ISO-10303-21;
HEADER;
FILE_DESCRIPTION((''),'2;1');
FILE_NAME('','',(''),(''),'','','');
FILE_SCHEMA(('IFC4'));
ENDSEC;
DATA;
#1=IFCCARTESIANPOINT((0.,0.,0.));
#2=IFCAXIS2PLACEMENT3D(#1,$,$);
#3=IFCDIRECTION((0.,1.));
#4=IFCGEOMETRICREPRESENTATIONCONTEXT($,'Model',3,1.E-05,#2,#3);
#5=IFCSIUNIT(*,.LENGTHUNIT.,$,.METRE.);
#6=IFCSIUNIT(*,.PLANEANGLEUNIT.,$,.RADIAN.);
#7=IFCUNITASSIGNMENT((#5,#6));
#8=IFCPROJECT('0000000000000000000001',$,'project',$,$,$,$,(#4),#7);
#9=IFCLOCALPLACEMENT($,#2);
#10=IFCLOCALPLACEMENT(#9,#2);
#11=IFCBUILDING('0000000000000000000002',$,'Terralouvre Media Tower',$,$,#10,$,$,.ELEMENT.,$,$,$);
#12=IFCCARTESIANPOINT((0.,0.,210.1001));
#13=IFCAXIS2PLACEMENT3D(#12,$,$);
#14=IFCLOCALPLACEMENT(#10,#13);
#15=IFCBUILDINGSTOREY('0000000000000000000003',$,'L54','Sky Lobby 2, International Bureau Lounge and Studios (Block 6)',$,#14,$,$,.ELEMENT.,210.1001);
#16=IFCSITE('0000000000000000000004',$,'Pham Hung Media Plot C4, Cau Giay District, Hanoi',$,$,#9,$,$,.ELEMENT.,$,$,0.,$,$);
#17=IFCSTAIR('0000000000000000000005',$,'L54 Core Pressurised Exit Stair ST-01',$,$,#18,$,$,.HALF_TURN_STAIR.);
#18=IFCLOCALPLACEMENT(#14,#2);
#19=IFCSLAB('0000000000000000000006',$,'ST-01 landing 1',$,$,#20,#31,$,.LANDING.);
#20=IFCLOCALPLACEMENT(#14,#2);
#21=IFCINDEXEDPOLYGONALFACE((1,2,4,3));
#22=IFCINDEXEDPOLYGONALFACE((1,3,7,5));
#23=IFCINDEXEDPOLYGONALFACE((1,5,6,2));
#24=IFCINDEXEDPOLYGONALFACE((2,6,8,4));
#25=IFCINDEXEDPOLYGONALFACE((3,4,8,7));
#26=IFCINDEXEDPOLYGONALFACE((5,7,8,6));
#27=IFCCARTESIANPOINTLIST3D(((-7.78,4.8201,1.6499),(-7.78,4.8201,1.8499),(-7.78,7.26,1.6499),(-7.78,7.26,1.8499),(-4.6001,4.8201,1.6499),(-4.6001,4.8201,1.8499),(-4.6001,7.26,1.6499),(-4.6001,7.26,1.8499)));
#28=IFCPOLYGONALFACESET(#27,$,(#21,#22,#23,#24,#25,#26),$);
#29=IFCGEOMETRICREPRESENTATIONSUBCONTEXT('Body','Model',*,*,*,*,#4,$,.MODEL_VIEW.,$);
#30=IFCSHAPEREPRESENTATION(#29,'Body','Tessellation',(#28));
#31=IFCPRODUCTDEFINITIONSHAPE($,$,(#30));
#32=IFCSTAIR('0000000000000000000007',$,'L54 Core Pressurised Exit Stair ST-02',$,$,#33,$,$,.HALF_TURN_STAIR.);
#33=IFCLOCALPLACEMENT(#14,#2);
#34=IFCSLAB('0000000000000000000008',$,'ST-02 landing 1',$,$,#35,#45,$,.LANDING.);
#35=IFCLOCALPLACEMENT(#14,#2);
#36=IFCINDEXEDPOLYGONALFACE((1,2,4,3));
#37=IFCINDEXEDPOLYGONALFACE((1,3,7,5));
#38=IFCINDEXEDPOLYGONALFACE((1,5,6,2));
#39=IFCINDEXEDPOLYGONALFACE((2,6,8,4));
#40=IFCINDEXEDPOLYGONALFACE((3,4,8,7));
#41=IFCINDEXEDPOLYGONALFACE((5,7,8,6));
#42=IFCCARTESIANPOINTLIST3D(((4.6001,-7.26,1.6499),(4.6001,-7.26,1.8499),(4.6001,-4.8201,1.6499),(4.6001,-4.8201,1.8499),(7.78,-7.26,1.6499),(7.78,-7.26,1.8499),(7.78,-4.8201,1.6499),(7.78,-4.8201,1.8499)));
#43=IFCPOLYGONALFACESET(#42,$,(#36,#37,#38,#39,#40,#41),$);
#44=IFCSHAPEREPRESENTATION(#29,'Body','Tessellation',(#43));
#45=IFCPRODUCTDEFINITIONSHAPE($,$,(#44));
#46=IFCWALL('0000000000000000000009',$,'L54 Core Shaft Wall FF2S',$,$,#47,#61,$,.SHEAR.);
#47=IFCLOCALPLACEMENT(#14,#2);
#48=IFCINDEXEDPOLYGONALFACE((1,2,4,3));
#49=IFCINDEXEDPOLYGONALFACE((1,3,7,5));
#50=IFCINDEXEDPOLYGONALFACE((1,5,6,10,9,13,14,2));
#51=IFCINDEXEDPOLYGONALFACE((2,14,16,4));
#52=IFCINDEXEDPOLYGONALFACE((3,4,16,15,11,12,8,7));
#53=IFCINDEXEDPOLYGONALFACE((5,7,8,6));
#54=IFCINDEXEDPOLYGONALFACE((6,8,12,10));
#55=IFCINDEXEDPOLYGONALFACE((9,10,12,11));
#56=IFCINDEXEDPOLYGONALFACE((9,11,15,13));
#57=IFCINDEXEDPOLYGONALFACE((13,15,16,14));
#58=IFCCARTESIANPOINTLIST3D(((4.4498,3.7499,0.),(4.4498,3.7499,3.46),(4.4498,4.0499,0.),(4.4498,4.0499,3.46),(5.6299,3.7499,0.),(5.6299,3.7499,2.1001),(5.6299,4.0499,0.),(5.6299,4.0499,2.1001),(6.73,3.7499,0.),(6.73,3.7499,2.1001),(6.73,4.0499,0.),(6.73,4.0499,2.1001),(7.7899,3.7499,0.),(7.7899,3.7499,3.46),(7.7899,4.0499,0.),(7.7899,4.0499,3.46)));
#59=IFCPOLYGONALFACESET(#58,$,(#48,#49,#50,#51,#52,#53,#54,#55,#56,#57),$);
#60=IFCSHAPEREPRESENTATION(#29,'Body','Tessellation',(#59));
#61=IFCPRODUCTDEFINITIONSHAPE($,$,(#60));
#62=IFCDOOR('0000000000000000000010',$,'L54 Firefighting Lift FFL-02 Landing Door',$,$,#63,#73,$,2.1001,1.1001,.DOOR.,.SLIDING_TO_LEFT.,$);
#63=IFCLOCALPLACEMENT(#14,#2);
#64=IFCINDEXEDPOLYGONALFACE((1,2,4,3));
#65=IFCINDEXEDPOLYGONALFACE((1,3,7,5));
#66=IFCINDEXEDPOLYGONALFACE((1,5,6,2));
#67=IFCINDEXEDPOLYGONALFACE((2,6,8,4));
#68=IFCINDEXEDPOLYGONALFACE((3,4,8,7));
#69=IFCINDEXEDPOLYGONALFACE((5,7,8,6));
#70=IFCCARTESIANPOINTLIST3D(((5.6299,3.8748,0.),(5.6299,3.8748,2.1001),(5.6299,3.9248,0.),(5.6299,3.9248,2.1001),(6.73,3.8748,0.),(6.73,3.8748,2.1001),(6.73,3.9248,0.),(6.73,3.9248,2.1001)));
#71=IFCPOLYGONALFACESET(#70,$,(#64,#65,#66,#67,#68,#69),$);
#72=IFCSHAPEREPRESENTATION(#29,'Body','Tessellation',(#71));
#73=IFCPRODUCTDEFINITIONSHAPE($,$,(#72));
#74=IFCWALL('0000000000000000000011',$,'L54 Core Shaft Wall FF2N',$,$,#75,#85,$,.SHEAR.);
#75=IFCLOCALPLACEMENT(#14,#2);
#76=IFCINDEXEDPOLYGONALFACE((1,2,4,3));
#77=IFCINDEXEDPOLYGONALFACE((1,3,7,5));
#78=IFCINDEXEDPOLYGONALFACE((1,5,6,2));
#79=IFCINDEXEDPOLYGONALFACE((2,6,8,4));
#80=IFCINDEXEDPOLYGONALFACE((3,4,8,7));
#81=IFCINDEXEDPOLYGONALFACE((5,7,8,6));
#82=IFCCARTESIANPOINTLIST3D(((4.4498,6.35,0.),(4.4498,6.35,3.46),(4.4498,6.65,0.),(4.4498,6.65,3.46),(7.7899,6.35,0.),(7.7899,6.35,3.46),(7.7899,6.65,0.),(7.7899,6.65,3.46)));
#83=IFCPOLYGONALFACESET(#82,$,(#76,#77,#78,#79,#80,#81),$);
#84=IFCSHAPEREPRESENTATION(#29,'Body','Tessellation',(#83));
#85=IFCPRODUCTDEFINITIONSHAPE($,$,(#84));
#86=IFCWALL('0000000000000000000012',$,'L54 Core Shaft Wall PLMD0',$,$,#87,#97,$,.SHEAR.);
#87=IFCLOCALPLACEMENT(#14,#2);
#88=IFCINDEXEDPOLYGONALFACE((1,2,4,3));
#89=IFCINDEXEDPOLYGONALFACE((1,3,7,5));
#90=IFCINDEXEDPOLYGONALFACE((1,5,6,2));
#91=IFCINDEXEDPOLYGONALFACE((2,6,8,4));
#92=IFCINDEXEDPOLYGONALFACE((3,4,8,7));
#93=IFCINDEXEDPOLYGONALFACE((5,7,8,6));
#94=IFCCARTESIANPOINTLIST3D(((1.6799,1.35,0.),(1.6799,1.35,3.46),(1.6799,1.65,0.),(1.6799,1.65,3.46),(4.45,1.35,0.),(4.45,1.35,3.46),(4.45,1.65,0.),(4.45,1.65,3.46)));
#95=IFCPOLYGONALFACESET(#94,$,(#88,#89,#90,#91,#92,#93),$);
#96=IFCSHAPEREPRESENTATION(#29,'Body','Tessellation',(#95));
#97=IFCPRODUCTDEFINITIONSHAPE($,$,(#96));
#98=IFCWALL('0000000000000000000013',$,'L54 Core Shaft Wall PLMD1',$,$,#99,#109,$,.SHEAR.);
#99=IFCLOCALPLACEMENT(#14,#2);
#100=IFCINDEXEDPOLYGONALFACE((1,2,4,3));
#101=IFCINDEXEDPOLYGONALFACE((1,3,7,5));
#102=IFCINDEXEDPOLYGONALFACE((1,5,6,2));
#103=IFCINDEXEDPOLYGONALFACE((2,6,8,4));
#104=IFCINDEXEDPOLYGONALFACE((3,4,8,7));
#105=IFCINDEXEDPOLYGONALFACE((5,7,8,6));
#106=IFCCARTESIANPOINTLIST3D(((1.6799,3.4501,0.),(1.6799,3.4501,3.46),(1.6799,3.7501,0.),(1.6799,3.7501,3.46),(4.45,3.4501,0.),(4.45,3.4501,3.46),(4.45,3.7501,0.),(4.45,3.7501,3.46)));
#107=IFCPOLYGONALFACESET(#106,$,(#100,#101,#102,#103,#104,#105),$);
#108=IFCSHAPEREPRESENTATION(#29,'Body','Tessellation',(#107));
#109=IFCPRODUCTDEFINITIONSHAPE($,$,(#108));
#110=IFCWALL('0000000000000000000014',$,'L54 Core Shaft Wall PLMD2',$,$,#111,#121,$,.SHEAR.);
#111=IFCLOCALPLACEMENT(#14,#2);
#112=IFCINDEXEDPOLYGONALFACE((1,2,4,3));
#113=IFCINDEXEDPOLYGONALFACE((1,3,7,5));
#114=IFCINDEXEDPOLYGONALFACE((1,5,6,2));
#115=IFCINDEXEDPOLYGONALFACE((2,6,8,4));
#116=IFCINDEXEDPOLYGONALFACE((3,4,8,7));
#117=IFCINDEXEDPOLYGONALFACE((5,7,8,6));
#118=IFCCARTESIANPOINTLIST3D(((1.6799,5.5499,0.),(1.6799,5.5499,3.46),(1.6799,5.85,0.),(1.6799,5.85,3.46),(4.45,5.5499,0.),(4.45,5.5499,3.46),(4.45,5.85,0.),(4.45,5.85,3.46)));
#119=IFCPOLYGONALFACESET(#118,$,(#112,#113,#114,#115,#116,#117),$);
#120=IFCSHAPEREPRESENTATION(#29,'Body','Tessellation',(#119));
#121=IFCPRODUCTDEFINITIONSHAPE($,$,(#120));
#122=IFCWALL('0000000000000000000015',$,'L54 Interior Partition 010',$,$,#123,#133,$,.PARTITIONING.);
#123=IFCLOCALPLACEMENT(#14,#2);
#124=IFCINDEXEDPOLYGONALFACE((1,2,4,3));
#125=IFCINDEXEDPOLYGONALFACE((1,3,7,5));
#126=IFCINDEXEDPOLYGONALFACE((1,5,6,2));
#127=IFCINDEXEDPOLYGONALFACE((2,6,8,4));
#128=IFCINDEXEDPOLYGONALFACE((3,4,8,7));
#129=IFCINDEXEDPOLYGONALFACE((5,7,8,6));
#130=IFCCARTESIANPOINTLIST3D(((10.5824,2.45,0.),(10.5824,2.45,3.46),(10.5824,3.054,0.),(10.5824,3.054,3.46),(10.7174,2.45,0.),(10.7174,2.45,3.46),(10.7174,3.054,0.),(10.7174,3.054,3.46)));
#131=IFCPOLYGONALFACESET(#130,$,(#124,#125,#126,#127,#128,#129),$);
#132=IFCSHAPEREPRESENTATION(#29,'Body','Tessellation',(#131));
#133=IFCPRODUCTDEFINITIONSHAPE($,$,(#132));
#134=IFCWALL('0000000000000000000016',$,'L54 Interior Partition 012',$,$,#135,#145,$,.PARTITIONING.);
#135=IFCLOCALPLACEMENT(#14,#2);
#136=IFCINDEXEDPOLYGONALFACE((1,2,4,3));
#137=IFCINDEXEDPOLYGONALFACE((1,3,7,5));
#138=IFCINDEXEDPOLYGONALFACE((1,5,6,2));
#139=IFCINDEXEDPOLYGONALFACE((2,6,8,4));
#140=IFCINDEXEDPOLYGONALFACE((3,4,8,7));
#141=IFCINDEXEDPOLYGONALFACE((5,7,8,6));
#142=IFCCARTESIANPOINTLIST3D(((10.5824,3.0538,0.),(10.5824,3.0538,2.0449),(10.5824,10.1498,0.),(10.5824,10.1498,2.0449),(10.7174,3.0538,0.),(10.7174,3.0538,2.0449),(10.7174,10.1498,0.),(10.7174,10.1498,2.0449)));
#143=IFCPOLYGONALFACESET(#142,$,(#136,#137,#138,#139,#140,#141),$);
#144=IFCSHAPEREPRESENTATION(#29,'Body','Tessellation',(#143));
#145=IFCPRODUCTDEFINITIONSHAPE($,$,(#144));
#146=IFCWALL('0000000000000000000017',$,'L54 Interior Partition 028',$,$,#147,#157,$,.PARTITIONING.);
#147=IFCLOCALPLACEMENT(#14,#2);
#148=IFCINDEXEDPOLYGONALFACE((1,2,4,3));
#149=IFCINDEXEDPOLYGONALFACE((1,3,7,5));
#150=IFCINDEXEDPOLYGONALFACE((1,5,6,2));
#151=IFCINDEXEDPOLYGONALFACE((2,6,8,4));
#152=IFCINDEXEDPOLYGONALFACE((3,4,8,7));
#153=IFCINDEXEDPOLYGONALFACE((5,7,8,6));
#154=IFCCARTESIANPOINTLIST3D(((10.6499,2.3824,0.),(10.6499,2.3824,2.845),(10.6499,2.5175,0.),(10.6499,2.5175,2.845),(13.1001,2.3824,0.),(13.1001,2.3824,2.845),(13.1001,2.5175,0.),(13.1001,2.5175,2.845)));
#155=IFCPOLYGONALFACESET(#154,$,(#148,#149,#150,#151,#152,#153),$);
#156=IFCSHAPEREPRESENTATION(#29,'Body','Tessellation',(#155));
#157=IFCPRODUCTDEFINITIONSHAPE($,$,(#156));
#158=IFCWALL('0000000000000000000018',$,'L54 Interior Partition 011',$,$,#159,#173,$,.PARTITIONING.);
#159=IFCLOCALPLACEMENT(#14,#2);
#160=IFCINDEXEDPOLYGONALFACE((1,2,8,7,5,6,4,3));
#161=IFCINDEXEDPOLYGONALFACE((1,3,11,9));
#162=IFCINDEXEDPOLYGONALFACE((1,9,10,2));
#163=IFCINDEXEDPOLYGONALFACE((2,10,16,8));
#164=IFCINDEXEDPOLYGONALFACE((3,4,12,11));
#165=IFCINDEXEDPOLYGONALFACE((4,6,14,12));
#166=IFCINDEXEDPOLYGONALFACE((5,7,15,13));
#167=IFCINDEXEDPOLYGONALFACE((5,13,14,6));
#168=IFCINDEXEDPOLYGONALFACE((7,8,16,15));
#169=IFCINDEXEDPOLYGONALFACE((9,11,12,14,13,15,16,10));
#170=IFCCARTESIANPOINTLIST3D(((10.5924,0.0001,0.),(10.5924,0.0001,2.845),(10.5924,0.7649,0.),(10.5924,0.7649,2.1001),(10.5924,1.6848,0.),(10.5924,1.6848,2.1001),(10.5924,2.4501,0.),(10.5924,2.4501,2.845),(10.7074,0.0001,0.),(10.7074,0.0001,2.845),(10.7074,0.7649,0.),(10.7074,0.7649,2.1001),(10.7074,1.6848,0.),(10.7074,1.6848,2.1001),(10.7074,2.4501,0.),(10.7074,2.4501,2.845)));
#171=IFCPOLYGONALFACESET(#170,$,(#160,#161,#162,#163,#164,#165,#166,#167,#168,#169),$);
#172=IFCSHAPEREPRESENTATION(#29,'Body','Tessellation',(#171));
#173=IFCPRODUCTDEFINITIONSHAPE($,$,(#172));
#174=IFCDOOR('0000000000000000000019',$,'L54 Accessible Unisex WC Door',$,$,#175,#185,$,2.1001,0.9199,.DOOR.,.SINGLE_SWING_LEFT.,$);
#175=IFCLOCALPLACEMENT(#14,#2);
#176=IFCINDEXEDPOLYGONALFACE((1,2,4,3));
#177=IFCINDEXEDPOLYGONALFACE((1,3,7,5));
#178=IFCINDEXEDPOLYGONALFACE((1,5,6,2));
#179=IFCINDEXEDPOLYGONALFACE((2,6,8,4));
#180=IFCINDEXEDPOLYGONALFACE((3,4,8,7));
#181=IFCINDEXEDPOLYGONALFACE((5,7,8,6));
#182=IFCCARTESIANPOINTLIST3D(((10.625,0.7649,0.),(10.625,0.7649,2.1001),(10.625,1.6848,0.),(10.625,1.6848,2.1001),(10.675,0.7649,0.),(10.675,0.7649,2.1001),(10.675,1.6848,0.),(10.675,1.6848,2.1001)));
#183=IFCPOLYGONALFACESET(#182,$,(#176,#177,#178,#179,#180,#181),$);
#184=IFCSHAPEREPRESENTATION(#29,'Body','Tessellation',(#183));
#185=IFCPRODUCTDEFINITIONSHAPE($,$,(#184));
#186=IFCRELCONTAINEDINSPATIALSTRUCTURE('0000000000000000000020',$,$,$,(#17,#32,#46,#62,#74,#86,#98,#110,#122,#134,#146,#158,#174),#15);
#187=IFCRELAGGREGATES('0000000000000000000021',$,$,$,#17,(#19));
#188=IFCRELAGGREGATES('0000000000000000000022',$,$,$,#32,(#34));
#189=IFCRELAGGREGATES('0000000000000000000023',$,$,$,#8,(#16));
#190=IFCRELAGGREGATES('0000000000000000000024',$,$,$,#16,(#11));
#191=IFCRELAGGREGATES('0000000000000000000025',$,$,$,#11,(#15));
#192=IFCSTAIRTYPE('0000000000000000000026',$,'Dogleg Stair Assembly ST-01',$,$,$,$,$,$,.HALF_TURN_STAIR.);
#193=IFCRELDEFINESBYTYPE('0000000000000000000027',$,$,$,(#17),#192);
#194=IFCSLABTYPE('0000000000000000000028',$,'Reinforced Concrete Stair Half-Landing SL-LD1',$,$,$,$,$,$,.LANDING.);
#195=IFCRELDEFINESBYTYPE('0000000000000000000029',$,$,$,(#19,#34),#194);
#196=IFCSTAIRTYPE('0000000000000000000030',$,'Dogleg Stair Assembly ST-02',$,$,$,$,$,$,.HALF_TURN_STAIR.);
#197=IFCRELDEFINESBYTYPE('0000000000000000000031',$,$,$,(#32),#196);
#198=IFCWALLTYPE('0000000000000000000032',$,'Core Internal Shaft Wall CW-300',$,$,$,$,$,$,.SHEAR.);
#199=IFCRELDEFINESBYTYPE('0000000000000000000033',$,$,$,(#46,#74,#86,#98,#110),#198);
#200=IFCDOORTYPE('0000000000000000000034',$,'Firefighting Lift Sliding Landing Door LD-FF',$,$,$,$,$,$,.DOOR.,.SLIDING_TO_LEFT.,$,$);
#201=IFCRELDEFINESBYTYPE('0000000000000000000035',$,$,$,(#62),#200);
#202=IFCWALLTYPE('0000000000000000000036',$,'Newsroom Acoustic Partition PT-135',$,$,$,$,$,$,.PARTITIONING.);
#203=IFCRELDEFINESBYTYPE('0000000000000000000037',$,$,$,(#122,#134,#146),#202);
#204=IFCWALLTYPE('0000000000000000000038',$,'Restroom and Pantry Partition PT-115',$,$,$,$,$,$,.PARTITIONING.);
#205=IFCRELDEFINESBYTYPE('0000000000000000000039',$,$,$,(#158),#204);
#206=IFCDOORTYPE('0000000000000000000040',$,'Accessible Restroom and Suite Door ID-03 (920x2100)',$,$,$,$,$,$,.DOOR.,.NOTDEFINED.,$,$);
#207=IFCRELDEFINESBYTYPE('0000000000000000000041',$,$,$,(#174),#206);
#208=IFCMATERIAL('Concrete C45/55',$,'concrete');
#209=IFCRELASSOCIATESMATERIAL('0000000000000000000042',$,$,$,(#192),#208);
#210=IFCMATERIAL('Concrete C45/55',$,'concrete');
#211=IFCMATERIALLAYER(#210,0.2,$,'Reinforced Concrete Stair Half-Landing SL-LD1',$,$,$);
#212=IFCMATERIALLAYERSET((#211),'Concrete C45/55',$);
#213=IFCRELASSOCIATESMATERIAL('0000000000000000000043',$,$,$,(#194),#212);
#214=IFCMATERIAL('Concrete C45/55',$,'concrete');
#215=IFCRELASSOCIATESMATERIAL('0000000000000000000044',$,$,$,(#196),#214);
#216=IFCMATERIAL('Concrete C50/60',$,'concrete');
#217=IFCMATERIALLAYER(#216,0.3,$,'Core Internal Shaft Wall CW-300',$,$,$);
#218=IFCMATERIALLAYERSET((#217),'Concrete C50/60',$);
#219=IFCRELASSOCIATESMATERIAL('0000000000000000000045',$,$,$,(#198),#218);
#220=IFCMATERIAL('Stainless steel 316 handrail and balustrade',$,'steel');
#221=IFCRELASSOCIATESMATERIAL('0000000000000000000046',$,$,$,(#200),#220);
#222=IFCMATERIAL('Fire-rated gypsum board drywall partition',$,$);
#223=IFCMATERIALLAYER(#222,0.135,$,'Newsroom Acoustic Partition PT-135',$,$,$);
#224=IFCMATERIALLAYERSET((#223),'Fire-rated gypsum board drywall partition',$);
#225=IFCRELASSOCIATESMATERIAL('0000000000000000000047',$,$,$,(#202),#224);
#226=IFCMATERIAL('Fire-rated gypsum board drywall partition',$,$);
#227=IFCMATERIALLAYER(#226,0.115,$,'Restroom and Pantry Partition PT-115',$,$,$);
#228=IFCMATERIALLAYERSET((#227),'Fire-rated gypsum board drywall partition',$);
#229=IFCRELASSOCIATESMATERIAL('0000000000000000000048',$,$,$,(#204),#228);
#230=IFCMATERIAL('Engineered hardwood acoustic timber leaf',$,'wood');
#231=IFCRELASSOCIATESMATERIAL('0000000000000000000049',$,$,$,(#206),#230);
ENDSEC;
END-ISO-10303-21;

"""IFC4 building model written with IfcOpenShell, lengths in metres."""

from ifc_helpers import new_model, si_unit, direction, frame, frame_2d, origin, place, context, subcontext, project, spatial, polyline, rectangle, outline, extrude, material, layer, layer_set, type_object, element, fill, aggregate, save


model = new_model("IFC4")

# Units and contexts
model_context = context("Model", 3, precision=1e-05, world=origin(), true_north=direction((0.0, 1.0)))
body_context = subcontext(model_context, "Body", "Model", "MODEL_VIEW")
ifc_project = project(units=[si_unit("LENGTHUNIT", "METRE"), si_unit("PLANEANGLEUNIT", "RADIAN")], contexts=[model_context])

# Site, building, storey
site_placement = place(None, origin())
site = spatial("IfcSite", under=ifc_project, at=site_placement, Name="Pham Hung Media Plot C4, Cau Giay District, Hanoi", CompositionType="ELEMENT", RefElevation=0.0)
building_placement = place(site_placement, origin())
building = spatial("IfcBuilding", under=site, at=building_placement, Name="Terralouvre Media Tower", CompositionType="ELEMENT")
storey_placement = place(building_placement, frame((0.0, 0.0, 210.1001)))
storey = spatial("IfcBuildingStorey", under=building, at=storey_placement, Name="L54", Description="Sky Lobby 2, International Bureau Lounge and Studios (Block 6)", CompositionType="ELEMENT", Elevation=210.1001)

# Stairs, slabs
ifc_material_1 = material(Name="Concrete C45/55", Category="concrete")
stair_type_1 = type_object("IfcStairType", Name="Dogleg Stair Assembly ST-01", PredefinedType="HALF_TURN_STAIR", material=ifc_material_1)
stair_1_placement = place(storey_placement, origin())
stair_1 = element("IfcStair", 1, at=stair_1_placement, inside=storey, type_object=stair_type_1, Name="L54 Core Pressurised Exit Stair ST-01", PredefinedType="HALF_TURN_STAIR")
ifc_material_2 = material(Name="Concrete C45/55", Category="concrete")
ifc_layer_1 = layer(ifc_material_2, 0.2, Name="Reinforced Concrete Stair Half-Landing SL-LD1")
ifc_layer_set_1 = layer_set([ifc_layer_1], Name="Concrete C45/55")
slab_type = type_object("IfcSlabType", Name="Reinforced Concrete Stair Half-Landing SL-LD1", PredefinedType="LANDING", material=ifc_layer_set_1)
slab_1_placement = place(storey_placement, frame((0.0, 0.0, 1.6499)))
slab_1 = element("IfcSlab", 2, at=slab_1_placement, type_object=slab_type, Name="ST-01 landing 1", PredefinedType="LANDING", context=body_context, shape_type="SweptSolid", body=[
    extrude(outline(polyline([(-4.6001, 4.8201), (-4.6001, 7.26), (-7.78, 7.26), (-7.78, 4.8201), (-4.6001, 4.8201)])), origin(), (0.0, 0.0, 1.0), 0.2),
])
aggregate(stair_1, [slab_1])
ifc_material_3 = material(Name="Concrete C45/55", Category="concrete")
stair_type_2 = type_object("IfcStairType", Name="Dogleg Stair Assembly ST-02", PredefinedType="HALF_TURN_STAIR", material=ifc_material_3)
stair_2_placement = place(storey_placement, origin())
stair_2 = element("IfcStair", 3, at=stair_2_placement, inside=storey, type_object=stair_type_2, Name="L54 Core Pressurised Exit Stair ST-02", PredefinedType="HALF_TURN_STAIR")
slab_2_placement = place(storey_placement, frame((0.0, 0.0, 1.6499)))
slab_2 = element("IfcSlab", 4, at=slab_2_placement, type_object=slab_type, Name="ST-02 landing 1", PredefinedType="LANDING", context=body_context, shape_type="SweptSolid", body=[
    extrude(outline(polyline([(4.6001, -4.8201), (4.6001, -7.26), (7.78, -7.26), (7.78, -4.8201), (4.6001, -4.8201)])), origin(), (0.0, 0.0, 1.0), 0.2),
])
aggregate(stair_2, [slab_2])

# Wall, opening, door
ifc_material_4 = material(Name="Concrete C50/60", Category="concrete")
ifc_layer_2 = layer(ifc_material_4, 0.3, Name="Core Internal Shaft Wall CW-300")
ifc_layer_set_2 = layer_set([ifc_layer_2], Name="Concrete C50/60")
wall_type_1 = type_object("IfcWallType", Name="Core Internal Shaft Wall CW-300", PredefinedType="SHEAR", material=ifc_layer_set_2)
wall_1_placement = place(storey_placement, frame((4.45, 3.8999, 0.0), z_axis=(0.0, 0.0, 1.0), x_axis=(1.0, 0.0, 0.0)))
wall_1 = element("IfcWall", 5, at=wall_1_placement, inside=storey, type_object=wall_type_1, Name="L54 Core Shaft Wall FF2S", PredefinedType="SHEAR", context=body_context, shape_type="SweptSolid", body=[
    extrude(rectangle(XDim=3.3401, YDim=0.3, at=frame_2d((1.6699, 0.0))), origin(), (0.0, 0.0, 1.0), 3.46),
])
opening_1_placement = place(wall_1_placement, frame((1.1799, 0.0, 0.0)))
opening_1 = element("IfcOpeningElement", 6, at=opening_1_placement, cuts=wall_1, PredefinedType="OPENING", context=body_context, shape_type="SweptSolid", body=[
    extrude(rectangle(XDim=1.1001, YDim=2.1001, at=frame_2d((0.55, 1.05))), frame((0.0, 0.1599, 0.0), z_axis=(0.0, -1.0, 0.0), x_axis=(1.0, 0.0, 0.0)), (0.0, 0.0, 1.0), 0.3201),
])
ifc_material_5 = material(Name="Stainless steel 316 handrail and balustrade", Category="steel")
door_type_1 = type_object("IfcDoorType", Name="Firefighting Lift Sliding Landing Door LD-FF", OperationType="SLIDING_TO_LEFT", PredefinedType="DOOR", material=ifc_material_5)
door_1_placement = place(opening_1_placement, origin())
door_1 = element("IfcDoor", 7, at=door_1_placement, inside=storey, type_object=door_type_1, Name="L54 Firefighting Lift FFL-02 Landing Door", OperationType="SLIDING_TO_LEFT", OverallHeight=2.1001, OverallWidth=1.1001, PredefinedType="DOOR", context=body_context, shape_type="SweptSolid", body=[
    extrude(rectangle(XDim=1.1001, YDim=2.1001, at=frame_2d((0.55, 1.05))), frame((0.0, 0.0249, 0.0), z_axis=(0.0, -1.0, 0.0), x_axis=(1.0, 0.0, 0.0)), (0.0, 0.0, 1.0), 0.05),
])
fill(opening_1, door_1)

# Walls
wall_2_placement = place(storey_placement, frame((4.45, 6.5, 0.0), z_axis=(0.0, 0.0, 1.0), x_axis=(1.0, 0.0, 0.0)))
element("IfcWall", 8, at=wall_2_placement, inside=storey, type_object=wall_type_1, Name="L54 Core Shaft Wall FF2N", PredefinedType="SHEAR", context=body_context, shape_type="SweptSolid", body=[
    extrude(rectangle(XDim=3.3401, YDim=0.3, at=frame_2d((1.6699, 0.0))), origin(), (0.0, 0.0, 1.0), 3.46),
])
for number, where, z_axis, x_axis, name in (
    (9, (1.6799, 1.5, 0.0), (0.0, 0.0, 1.0), (1.0, 0.0, 0.0), "L54 Core Shaft Wall PLMD0"),
    (10, (1.6799, 3.6001, 0.0), (0.0, 0.0, 1.0), (1.0, 0.0, 0.0), "L54 Core Shaft Wall PLMD1"),
    (11, (1.6799, 5.7, 0.0), (0.0, 0.0, 1.0), (1.0, 0.0, 0.0), "L54 Core Shaft Wall PLMD2"),
):
    element("IfcWall", number, at=place(storey_placement, frame(where, z_axis=z_axis, x_axis=x_axis)), inside=storey, type_object=wall_type_1, Name=name, PredefinedType="SHEAR", context=body_context, shape_type="SweptSolid", body=[
        extrude(rectangle(XDim=2.77, YDim=0.3, at=frame_2d((1.385, 0.0))), origin(), (0.0, 0.0, 1.0), 3.46),
    ])
ifc_material_6 = material(Name="Fire-rated gypsum board drywall partition")
ifc_layer_3 = layer(ifc_material_6, 0.135, Name="Newsroom Acoustic Partition PT-135")
ifc_layer_set_3 = layer_set([ifc_layer_3], Name="Fire-rated gypsum board drywall partition")
wall_type_2 = type_object("IfcWallType", Name="Newsroom Acoustic Partition PT-135", PredefinedType="PARTITIONING", material=ifc_layer_set_3)
wall_3_placement = place(storey_placement, frame((10.6499, 2.45, 0.0), z_axis=(0.0, 0.0, 1.0), x_axis=(0.0, 1.0, 0.0)))
element("IfcWall", 12, at=wall_3_placement, inside=storey, type_object=wall_type_2, Name="L54 Interior Partition 010", PredefinedType="PARTITIONING", context=body_context, shape_type="SweptSolid", body=[
    extrude(rectangle(XDim=0.604, YDim=0.135, at=frame_2d((0.302, 0.0))), origin(), (0.0, 0.0, 1.0), 3.46),
])
wall_4_placement = place(storey_placement, frame((10.6499, 3.054, 0.0), z_axis=(0.0, 0.0, 1.0), x_axis=(0.0, 1.0, 0.0)))
element("IfcWall", 13, at=wall_4_placement, inside=storey, type_object=wall_type_2, Name="L54 Interior Partition 012", PredefinedType="PARTITIONING", context=body_context, shape_type="SweptSolid", body=[
    extrude(rectangle(XDim=7.0959, YDim=0.135, at=frame_2d((3.5479, 0.0))), origin(), (0.0, 0.0, 1.0), 2.0449),
])
wall_5_placement = place(storey_placement, frame((10.6499, 2.45, 0.0), z_axis=(0.0, 0.0, 1.0), x_axis=(1.0, 0.0, 0.0)))
element("IfcWall", 14, at=wall_5_placement, inside=storey, type_object=wall_type_2, Name="L54 Interior Partition 028", PredefinedType="PARTITIONING", context=body_context, shape_type="SweptSolid", body=[
    extrude(rectangle(XDim=2.4502, YDim=0.135, at=frame_2d((1.2251, 0.0))), origin(), (0.0, 0.0, 1.0), 2.845),
])

# Wall, opening, door
ifc_material_7 = material(Name="Fire-rated gypsum board drywall partition")
ifc_layer_4 = layer(ifc_material_7, 0.115, Name="Restroom and Pantry Partition PT-115")
ifc_layer_set_4 = layer_set([ifc_layer_4], Name="Fire-rated gypsum board drywall partition")
wall_type_3 = type_object("IfcWallType", Name="Restroom and Pantry Partition PT-115", PredefinedType="PARTITIONING", material=ifc_layer_set_4)
wall_6_placement = place(storey_placement, frame((10.6499, 0.0, 0.0), z_axis=(0.0, 0.0, 1.0), x_axis=(0.0, 1.0, 0.0)))
wall_6 = element("IfcWall", 15, at=wall_6_placement, inside=storey, type_object=wall_type_3, Name="L54 Interior Partition 011", PredefinedType="PARTITIONING", context=body_context, shape_type="SweptSolid", body=[
    extrude(rectangle(XDim=2.45, YDim=0.115, at=frame_2d((1.2251, 0.0))), origin(), (0.0, 0.0, 1.0), 2.845),
])
opening_2_placement = place(wall_6_placement, frame((0.7649, 0.0, 0.0)))
opening_2 = element("IfcOpeningElement", 16, at=opening_2_placement, cuts=wall_6, PredefinedType="OPENING", context=body_context, shape_type="SweptSolid", body=[
    extrude(rectangle(XDim=0.9199, YDim=2.1001, at=frame_2d((0.46, 1.05))), frame((0.0, 0.0674, 0.0), z_axis=(0.0, -1.0, 0.0), x_axis=(1.0, 0.0, 0.0)), (0.0, 0.0, 1.0), 0.135),
])
ifc_material_8 = material(Name="Engineered hardwood acoustic timber leaf", Category="wood")
door_type_2 = type_object("IfcDoorType", Name="Accessible Restroom and Suite Door ID-03 (920x2100)", OperationType="NOTDEFINED", PredefinedType="DOOR", material=ifc_material_8)
door_2_placement = place(opening_2_placement, origin())
door_2 = element("IfcDoor", 17, at=door_2_placement, inside=storey, type_object=door_type_2, Name="L54 Accessible Unisex WC Door", OperationType="SINGLE_SWING_LEFT", OverallHeight=2.1001, OverallWidth=0.9199, PredefinedType="DOOR", context=body_context, shape_type="SweptSolid", body=[
    extrude(rectangle(XDim=0.9199, YDim=2.1001, at=frame_2d((0.46, 1.05))), frame((0.0, 0.0249, 0.0), z_axis=(0.0, -1.0, 0.0), x_axis=(1.0, 0.0, 0.0)), (0.0, 0.0, 1.0), 0.05),
])
fill(opening_2, door_2)

save(model, "model.ifc")
